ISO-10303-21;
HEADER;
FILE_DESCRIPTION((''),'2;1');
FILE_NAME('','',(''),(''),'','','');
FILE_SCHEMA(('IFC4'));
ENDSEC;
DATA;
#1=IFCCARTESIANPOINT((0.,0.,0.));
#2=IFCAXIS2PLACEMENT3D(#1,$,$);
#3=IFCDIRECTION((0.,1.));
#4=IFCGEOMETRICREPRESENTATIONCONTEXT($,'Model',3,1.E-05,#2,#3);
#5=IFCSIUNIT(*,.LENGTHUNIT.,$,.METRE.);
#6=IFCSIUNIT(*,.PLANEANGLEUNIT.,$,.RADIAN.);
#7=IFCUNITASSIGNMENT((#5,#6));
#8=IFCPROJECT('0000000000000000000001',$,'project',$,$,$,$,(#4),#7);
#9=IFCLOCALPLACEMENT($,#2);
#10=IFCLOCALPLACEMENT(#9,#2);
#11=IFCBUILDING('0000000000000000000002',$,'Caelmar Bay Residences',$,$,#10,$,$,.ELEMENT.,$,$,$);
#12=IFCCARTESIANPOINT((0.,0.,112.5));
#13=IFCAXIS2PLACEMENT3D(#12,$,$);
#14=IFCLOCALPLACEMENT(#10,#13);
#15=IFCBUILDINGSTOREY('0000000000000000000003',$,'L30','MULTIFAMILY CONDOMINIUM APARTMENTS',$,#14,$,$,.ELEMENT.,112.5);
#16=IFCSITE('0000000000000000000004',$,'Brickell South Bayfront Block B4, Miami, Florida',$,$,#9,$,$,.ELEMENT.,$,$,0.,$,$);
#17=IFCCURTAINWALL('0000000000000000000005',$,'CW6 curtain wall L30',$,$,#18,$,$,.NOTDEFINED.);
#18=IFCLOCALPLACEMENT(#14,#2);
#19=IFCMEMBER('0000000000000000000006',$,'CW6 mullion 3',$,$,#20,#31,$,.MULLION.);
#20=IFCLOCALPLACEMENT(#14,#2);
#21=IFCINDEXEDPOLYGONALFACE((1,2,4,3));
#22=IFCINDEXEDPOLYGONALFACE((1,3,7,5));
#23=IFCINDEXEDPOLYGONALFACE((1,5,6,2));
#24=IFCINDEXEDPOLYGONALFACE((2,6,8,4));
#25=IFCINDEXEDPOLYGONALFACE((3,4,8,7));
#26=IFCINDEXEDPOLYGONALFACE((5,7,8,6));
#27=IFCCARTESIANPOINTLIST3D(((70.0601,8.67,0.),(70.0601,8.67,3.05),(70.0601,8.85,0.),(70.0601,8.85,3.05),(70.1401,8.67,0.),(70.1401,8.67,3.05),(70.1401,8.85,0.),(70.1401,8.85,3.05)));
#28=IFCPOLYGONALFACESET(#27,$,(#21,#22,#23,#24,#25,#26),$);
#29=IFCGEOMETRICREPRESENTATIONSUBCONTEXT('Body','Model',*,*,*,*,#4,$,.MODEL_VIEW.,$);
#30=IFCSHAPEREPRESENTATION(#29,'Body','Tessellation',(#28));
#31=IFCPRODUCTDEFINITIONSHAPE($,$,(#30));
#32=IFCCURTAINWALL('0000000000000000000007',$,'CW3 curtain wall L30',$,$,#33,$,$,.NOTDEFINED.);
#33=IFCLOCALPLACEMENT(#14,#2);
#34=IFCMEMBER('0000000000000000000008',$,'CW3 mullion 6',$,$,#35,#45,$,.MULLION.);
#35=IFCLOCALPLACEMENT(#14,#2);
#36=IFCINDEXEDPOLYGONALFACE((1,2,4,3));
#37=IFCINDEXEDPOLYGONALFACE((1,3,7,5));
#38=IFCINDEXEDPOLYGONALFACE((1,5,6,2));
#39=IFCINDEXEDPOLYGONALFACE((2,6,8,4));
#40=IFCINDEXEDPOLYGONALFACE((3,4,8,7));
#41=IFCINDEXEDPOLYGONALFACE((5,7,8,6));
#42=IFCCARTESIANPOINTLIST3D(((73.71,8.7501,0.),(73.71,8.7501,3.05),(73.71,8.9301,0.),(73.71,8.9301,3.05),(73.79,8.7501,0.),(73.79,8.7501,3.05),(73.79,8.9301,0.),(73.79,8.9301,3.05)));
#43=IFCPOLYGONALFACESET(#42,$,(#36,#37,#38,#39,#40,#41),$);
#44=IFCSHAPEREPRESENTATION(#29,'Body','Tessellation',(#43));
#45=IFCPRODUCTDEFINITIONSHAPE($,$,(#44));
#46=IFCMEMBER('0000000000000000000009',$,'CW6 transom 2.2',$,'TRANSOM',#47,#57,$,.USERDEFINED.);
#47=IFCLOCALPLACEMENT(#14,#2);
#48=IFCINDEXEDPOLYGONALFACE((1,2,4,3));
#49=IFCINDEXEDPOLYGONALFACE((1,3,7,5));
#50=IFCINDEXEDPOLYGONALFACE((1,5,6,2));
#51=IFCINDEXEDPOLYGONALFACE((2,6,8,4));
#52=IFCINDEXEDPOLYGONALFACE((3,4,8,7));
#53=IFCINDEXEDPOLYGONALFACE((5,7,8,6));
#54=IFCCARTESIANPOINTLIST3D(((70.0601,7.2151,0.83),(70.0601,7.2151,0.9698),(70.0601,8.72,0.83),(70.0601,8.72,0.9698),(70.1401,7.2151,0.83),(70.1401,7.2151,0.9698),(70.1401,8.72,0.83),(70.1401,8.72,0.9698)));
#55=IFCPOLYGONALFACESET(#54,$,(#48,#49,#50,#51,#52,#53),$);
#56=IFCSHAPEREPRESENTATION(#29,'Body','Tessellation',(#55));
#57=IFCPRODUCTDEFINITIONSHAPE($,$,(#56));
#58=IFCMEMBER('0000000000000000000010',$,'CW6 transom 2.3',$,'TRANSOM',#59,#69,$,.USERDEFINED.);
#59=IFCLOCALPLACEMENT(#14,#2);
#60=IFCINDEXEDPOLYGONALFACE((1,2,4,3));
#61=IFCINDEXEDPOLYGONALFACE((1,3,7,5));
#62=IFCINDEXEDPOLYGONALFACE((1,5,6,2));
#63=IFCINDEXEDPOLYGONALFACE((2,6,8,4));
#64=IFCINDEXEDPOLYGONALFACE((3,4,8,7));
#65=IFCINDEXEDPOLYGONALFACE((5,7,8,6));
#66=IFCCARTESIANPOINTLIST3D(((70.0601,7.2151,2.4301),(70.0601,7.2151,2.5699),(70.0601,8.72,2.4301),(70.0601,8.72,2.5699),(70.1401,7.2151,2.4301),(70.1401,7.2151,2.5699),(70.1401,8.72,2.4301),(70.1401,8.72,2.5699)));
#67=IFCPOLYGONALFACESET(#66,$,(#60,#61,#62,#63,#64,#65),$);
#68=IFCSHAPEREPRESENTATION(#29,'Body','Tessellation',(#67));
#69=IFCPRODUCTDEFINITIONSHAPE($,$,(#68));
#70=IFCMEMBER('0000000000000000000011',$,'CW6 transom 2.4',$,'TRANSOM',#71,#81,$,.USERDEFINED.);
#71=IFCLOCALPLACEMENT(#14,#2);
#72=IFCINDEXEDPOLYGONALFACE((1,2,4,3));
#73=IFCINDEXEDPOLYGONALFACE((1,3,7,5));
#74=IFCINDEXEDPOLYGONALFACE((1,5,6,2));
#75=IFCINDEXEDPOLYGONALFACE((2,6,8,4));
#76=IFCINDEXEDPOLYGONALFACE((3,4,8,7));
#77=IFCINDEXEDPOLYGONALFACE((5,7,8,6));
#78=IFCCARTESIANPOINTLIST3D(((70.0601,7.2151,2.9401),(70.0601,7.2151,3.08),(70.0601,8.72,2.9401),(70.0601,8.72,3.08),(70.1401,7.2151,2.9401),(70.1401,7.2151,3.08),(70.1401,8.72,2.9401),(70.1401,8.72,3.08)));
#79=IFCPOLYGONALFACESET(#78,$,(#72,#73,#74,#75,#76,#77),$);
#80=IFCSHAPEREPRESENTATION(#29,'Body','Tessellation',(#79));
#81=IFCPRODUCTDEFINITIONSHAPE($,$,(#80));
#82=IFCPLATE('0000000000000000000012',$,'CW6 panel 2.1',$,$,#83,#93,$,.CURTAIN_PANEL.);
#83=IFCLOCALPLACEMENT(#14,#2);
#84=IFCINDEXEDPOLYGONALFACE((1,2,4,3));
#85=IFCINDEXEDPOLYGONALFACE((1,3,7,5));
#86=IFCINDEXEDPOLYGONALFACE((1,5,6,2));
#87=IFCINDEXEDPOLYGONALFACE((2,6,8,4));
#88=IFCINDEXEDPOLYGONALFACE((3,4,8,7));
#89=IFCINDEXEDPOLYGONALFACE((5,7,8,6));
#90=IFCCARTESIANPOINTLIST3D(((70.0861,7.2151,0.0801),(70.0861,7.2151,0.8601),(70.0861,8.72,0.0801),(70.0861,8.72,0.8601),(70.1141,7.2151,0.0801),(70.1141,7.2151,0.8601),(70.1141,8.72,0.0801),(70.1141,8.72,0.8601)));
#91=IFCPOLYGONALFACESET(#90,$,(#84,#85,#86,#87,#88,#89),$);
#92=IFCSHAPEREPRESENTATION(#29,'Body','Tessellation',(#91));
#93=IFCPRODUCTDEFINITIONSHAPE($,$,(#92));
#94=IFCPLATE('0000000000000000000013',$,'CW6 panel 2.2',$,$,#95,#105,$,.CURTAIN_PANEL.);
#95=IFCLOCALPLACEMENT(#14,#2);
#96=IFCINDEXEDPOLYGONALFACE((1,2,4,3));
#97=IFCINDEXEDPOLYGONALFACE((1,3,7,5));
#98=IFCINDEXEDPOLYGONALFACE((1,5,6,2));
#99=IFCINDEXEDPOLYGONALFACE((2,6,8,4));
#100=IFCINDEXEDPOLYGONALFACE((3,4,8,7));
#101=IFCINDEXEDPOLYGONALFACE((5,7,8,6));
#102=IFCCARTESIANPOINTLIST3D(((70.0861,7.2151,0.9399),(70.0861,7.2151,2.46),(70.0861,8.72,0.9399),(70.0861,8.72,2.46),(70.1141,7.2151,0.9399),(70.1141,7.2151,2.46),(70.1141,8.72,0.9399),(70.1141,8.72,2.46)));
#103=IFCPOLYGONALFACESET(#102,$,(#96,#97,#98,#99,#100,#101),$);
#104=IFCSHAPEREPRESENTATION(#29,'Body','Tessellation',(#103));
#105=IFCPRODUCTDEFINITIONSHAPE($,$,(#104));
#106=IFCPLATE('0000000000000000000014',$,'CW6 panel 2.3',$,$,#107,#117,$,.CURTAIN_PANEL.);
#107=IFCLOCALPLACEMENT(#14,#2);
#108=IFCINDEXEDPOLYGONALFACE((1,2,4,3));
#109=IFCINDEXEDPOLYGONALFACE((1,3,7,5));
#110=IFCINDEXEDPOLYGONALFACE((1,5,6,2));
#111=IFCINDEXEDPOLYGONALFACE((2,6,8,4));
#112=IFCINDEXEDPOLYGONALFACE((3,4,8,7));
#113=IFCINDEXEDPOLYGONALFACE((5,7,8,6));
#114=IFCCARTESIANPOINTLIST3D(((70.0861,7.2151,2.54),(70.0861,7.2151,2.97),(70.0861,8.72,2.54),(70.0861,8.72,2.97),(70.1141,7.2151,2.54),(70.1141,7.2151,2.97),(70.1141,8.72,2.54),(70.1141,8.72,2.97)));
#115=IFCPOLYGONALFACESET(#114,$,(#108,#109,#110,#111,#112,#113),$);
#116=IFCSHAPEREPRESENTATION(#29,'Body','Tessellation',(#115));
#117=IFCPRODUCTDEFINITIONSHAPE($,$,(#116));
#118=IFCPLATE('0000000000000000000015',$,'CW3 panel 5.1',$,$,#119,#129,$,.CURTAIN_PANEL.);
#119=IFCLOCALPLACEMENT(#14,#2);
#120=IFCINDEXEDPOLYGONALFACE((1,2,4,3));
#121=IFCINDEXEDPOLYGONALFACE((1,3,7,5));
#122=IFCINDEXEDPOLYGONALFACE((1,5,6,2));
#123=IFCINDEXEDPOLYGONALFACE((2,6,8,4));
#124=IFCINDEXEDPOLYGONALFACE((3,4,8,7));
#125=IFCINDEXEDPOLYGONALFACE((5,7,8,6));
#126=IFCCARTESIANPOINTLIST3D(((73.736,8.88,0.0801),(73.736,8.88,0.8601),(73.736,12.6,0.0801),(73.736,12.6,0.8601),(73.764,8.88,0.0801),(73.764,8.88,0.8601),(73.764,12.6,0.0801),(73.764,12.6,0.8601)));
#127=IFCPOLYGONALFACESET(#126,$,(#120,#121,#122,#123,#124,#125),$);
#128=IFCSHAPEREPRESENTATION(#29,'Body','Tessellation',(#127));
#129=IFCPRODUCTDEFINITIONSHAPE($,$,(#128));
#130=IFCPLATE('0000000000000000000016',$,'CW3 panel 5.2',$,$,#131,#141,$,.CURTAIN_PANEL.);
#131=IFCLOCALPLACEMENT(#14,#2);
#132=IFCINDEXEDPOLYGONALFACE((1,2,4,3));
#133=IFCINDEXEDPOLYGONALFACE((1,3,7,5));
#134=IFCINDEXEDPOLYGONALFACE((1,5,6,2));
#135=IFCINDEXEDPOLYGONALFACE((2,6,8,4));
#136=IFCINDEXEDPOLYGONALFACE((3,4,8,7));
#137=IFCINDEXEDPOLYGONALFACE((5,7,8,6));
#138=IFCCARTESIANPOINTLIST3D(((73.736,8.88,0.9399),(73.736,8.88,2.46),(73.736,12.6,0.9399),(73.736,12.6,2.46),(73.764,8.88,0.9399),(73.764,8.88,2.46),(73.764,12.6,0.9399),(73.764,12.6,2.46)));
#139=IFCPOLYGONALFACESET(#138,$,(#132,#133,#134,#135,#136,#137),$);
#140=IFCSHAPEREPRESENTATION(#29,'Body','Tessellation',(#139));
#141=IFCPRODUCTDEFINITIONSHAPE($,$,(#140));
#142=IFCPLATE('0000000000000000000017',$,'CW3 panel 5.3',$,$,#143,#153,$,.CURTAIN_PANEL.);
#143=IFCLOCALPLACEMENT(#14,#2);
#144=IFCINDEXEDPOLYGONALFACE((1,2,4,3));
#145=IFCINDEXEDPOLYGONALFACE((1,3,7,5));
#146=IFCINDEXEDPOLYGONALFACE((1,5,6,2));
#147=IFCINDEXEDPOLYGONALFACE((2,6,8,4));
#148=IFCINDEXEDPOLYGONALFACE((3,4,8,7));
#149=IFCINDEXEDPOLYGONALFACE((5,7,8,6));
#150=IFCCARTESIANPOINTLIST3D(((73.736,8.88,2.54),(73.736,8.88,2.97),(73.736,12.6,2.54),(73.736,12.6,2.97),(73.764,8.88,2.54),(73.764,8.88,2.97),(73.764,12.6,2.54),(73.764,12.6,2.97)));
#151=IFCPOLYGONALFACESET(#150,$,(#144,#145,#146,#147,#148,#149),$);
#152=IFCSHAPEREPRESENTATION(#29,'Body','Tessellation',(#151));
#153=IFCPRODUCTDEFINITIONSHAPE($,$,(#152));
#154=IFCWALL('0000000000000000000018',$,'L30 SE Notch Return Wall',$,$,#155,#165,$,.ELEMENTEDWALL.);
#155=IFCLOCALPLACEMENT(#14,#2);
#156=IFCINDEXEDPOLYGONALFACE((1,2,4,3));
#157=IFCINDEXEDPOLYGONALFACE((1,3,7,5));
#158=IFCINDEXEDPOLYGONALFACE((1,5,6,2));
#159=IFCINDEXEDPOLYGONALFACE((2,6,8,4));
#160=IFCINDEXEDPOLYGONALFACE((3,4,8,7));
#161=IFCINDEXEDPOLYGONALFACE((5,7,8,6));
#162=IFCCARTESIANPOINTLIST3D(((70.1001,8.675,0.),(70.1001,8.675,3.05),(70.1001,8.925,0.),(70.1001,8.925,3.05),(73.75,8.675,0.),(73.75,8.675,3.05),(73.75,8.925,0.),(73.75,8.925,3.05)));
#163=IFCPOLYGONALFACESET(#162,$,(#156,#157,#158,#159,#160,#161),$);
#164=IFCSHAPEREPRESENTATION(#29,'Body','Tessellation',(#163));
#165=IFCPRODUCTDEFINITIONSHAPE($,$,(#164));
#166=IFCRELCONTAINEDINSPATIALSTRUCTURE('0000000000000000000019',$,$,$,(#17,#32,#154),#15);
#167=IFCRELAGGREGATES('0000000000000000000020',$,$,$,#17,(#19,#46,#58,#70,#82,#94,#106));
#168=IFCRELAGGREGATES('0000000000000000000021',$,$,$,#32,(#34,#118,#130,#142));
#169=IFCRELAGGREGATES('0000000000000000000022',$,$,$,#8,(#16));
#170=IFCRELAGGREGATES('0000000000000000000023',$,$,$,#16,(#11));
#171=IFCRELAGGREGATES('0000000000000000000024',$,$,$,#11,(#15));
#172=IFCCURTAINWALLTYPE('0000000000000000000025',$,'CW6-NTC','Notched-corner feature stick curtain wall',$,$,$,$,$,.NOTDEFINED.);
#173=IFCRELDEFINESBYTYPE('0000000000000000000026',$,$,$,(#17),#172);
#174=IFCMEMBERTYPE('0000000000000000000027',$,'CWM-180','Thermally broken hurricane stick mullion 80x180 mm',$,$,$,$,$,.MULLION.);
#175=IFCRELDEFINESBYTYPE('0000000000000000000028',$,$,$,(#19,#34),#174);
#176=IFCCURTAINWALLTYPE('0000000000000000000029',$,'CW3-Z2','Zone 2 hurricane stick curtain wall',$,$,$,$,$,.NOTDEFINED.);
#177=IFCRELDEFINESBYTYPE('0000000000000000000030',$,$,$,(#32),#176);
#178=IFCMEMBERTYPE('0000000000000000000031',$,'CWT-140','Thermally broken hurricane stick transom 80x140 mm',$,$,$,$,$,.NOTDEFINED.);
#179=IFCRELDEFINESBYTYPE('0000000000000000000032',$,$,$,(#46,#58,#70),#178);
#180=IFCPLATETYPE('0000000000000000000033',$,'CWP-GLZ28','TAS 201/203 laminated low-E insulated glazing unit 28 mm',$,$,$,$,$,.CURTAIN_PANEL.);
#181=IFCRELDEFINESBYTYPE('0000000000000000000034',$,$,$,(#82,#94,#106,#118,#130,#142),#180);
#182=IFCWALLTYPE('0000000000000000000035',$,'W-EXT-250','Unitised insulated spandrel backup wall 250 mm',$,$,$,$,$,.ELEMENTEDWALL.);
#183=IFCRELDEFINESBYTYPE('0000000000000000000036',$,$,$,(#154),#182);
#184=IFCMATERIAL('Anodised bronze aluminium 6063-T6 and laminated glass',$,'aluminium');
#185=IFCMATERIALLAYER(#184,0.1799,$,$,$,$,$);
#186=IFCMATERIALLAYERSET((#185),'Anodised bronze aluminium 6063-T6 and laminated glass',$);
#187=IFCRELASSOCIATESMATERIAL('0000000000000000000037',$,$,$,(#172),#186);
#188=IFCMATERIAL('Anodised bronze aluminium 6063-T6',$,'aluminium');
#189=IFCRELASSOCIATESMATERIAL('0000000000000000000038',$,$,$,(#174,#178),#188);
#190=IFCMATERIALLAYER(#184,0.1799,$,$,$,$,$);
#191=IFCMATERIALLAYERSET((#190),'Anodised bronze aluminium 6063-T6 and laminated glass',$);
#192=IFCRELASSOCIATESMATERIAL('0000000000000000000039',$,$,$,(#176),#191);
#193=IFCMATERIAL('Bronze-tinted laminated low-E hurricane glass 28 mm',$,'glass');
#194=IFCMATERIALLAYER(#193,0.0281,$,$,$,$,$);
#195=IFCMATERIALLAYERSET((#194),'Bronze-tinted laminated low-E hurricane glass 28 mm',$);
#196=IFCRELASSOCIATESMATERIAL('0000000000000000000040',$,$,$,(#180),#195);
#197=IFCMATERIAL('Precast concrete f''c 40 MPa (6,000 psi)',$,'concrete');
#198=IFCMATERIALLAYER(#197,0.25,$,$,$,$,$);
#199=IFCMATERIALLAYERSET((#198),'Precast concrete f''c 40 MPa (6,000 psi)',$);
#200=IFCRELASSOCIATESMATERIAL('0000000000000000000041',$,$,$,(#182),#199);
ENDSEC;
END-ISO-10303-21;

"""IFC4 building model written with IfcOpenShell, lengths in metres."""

from ifc_helpers import new_model, si_unit, direction, frame, frame_2d, origin, origin_2d, place, context, subcontext, project, spatial, rectangle, extrude, material, layer, layer_set, material_profile, profile_set, type_object, element, aggregate, save


model = new_model("IFC4")

# Units and contexts
model_context = context("Model", 3, precision=1e-05, world=origin(), true_north=direction((0.0, 1.0)))
body_context = subcontext(model_context, "Body", "Model", "MODEL_VIEW")
ifc_project = project(units=[si_unit("LENGTHUNIT", "METRE"), si_unit("PLANEANGLEUNIT", "RADIAN")], contexts=[model_context])

# Site, building, storey
site_placement = place(None, origin())
site = spatial("IfcSite", under=ifc_project, at=site_placement, Name="Brickell South Bayfront Block B4, Miami, Florida", CompositionType="ELEMENT", RefElevation=0.0)
building_placement = place(site_placement, origin())
building = spatial("IfcBuilding", under=site, at=building_placement, Name="Caelmar Bay Residences", CompositionType="ELEMENT")
storey_placement = place(building_placement, frame((0.0, 0.0, 112.5)))
storey = spatial("IfcBuildingStorey", under=building, at=storey_placement, Name="L30", Description="MULTIFAMILY CONDOMINIUM APARTMENTS", CompositionType="ELEMENT", Elevation=112.5)

# Curtain walls, members
ifc_material_1 = material(Name="Anodised bronze aluminium 6063-T6 and laminated glass", Category="aluminium")
ifc_layer_1 = layer(ifc_material_1, 0.1799)
ifc_layer_set_1 = layer_set([ifc_layer_1], Name="Anodised bronze aluminium 6063-T6 and laminated glass")
curtain_wall_type_1 = type_object("IfcCurtainWallType", Name="CW6-NTC", Description="Notched-corner feature stick curtain wall", PredefinedType="NOTDEFINED", material=ifc_layer_set_1)
curtain_wall_1_placement = place(storey_placement, origin())
curtain_wall_1 = element("IfcCurtainWall", 1, at=curtain_wall_1_placement, inside=storey, type_object=curtain_wall_type_1, Name="CW6 curtain wall L30", PredefinedType="NOTDEFINED")
ifc_material_2 = material(Name="Anodised bronze aluminium 6063-T6", Category="aluminium")
ifc_material_profile_1 = material_profile(ifc_material_2, rectangle(XDim=0.0801, YDim=0.1799, at=origin_2d()), Name="CWM-80X180")
ifc_profile_set_1 = profile_set([ifc_material_profile_1], Name="Anodised bronze aluminium 6063-T6")
member_type_1 = type_object("IfcMemberType", Name="CWM-180", Description="Thermally broken hurricane stick mullion 80x180 mm", PredefinedType="MULLION", material=ifc_profile_set_1)
member_1_placement = place(storey_placement, frame((70.1001, 8.76, 0.0), z_axis=(0.0, 0.0, 1.0), x_axis=(-1.0, 0.0, 0.0)))
member_1 = element("IfcMember", 2, at=member_1_placement, type_object=member_type_1, Name="CW6 mullion 3", PredefinedType="MULLION", context=body_context, shape_type="SweptSolid", body=[
    extrude(rectangle(XDim=0.0801, YDim=0.1799, at=origin_2d()), origin(), (0.0, 0.0, 1.0), 3.05),
])
ifc_layer_2 = layer(ifc_material_1, 0.1799)
ifc_layer_set_2 = layer_set([ifc_layer_2], Name="Anodised bronze aluminium 6063-T6 and laminated glass")
curtain_wall_type_2 = type_object("IfcCurtainWallType", Name="CW3-Z2", Description="Zone 2 hurricane stick curtain wall", PredefinedType="NOTDEFINED", material=ifc_layer_set_2)
curtain_wall_2_placement = place(storey_placement, origin())
curtain_wall_2 = element("IfcCurtainWall", 3, at=curtain_wall_2_placement, inside=storey, type_object=curtain_wall_type_2, Name="CW3 curtain wall L30", PredefinedType="NOTDEFINED")
member_2_placement = place(storey_placement, frame((73.75, 8.8401, 0.0), z_axis=(0.0, 0.0, 1.0), x_axis=(1.0, 0.0, 0.0)))
member_2 = element("IfcMember", 4, at=member_2_placement, type_object=member_type_1, Name="CW3 mullion 6", PredefinedType="MULLION", context=body_context, shape_type="SweptSolid", body=[
    extrude(rectangle(XDim=0.0801, YDim=0.1799, at=origin_2d()), origin(), (0.0, 0.0, 1.0), 3.05),
])

# Members
ifc_material_profile_2 = material_profile(ifc_material_2, rectangle(XDim=0.0801, YDim=0.1399, at=origin_2d()), Name="CWT-80X140")
ifc_profile_set_2 = profile_set([ifc_material_profile_2], Name="Anodised bronze aluminium 6063-T6")
member_type_2 = type_object("IfcMemberType", Name="CWT-140", Description="Thermally broken hurricane stick transom 80x140 mm", PredefinedType="NOTDEFINED", material=ifc_profile_set_2)
member_3_placement = place(storey_placement, frame((70.1001, 7.2151, 0.8999), z_axis=(0.0, 1.0, 0.0), x_axis=(-1.0, 0.0, 0.0)))
member_3 = element("IfcMember", 5, at=member_3_placement, type_object=member_type_2, Name="CW6 transom 2.2", ObjectType="TRANSOM", PredefinedType="USERDEFINED", context=body_context, shape_type="SweptSolid", body=[
    extrude(rectangle(XDim=0.0801, YDim=0.1399, at=origin_2d()), origin(), (0.0, 0.0, 1.0), 1.5049),
])
member_4_placement = place(storey_placement, frame((70.1001, 7.2151, 2.5), z_axis=(0.0, 1.0, 0.0), x_axis=(-1.0, 0.0, 0.0)))
member_4 = element("IfcMember", 6, at=member_4_placement, type_object=member_type_2, Name="CW6 transom 2.3", ObjectType="TRANSOM", PredefinedType="USERDEFINED", context=body_context, shape_type="SweptSolid", body=[
    extrude(rectangle(XDim=0.0801, YDim=0.1399, at=origin_2d()), origin(), (0.0, 0.0, 1.0), 1.5049),
])
member_5_placement = place(storey_placement, frame((70.1001, 7.2151, 3.01), z_axis=(0.0, 1.0, 0.0), x_axis=(-1.0, 0.0, 0.0)))
member_5 = element("IfcMember", 7, at=member_5_placement, type_object=member_type_2, Name="CW6 transom 2.4", ObjectType="TRANSOM", PredefinedType="USERDEFINED", context=body_context, shape_type="SweptSolid", body=[
    extrude(rectangle(XDim=0.0801, YDim=0.1399, at=origin_2d()), origin(), (0.0, 0.0, 1.0), 1.5049),
])

# Plates
ifc_material_3 = material(Name="Bronze-tinted laminated low-E hurricane glass 28 mm", Category="glass")
ifc_layer_3 = layer(ifc_material_3, 0.0281)
ifc_layer_set_3 = layer_set([ifc_layer_3], Name="Bronze-tinted laminated low-E hurricane glass 28 mm")
plate_type = type_object("IfcPlateType", Name="CWP-GLZ28", Description="TAS 201/203 laminated low-E insulated glazing unit 28 mm", PredefinedType="CURTAIN_PANEL", material=ifc_layer_set_3)
plate_1_placement = place(storey_placement, frame((70.1001, 7.9675, 0.0801), z_axis=(0.0, 0.0, 1.0), x_axis=(0.0, 1.0, 0.0)))
plate_1 = element("IfcPlate", 8, at=plate_1_placement, type_object=plate_type, Name="CW6 panel 2.1", PredefinedType="CURTAIN_PANEL", context=body_context, shape_type="SweptSolid", body=[
    extrude(rectangle(XDim=1.5049, YDim=0.0281, at=origin_2d()), origin(), (0.0, 0.0, 1.0), 0.78),
])
plate_2_placement = place(storey_placement, frame((70.1001, 7.9675, 0.9399), z_axis=(0.0, 0.0, 1.0), x_axis=(0.0, 1.0, 0.0)))
plate_2 = element("IfcPlate", 9, at=plate_2_placement, type_object=plate_type, Name="CW6 panel 2.2", PredefinedType="CURTAIN_PANEL", context=body_context, shape_type="SweptSolid", body=[
    extrude(rectangle(XDim=1.5049, YDim=0.0281, at=origin_2d()), origin(), (0.0, 0.0, 1.0), 1.52),
])
plate_3_placement = place(storey_placement, frame((70.1001, 7.9675, 2.54), z_axis=(0.0, 0.0, 1.0), x_axis=(0.0, 1.0, 0.0)))
plate_3 = element("IfcPlate", 10, at=plate_3_placement, type_object=plate_type, Name="CW6 panel 2.3", PredefinedType="CURTAIN_PANEL", context=body_context, shape_type="SweptSolid", body=[
    extrude(rectangle(XDim=1.5049, YDim=0.0281, at=origin_2d()), origin(), (0.0, 0.0, 1.0), 0.4299),
])
aggregate(curtain_wall_1, [member_1, member_3, member_4, member_5, plate_1, plate_2, plate_3])
plate_4_placement = place(storey_placement, frame((73.75, 10.74, 0.0801), z_axis=(0.0, 0.0, 1.0), x_axis=(0.0, -1.0, 0.0)))
plate_4 = element("IfcPlate", 11, at=plate_4_placement, type_object=plate_type, Name="CW3 panel 5.1", PredefinedType="CURTAIN_PANEL", context=body_context, shape_type="SweptSolid", body=[
    extrude(rectangle(XDim=3.72, YDim=0.0281, at=origin_2d()), origin(), (0.0, 0.0, 1.0), 0.78),
])
plate_5_placement = place(storey_placement, frame((73.75, 10.74, 0.9399), z_axis=(0.0, 0.0, 1.0), x_axis=(0.0, -1.0, 0.0)))
plate_5 = element("IfcPlate", 12, at=plate_5_placement, type_object=plate_type, Name="CW3 panel 5.2", PredefinedType="CURTAIN_PANEL", context=body_context, shape_type="SweptSolid", body=[
    extrude(rectangle(XDim=3.72, YDim=0.0281, at=origin_2d()), origin(), (0.0, 0.0, 1.0), 1.52),
])
plate_6_placement = place(storey_placement, frame((73.75, 10.74, 2.54), z_axis=(0.0, 0.0, 1.0), x_axis=(0.0, -1.0, 0.0)))
plate_6 = element("IfcPlate", 13, at=plate_6_placement, type_object=plate_type, Name="CW3 panel 5.3", PredefinedType="CURTAIN_PANEL", context=body_context, shape_type="SweptSolid", body=[
    extrude(rectangle(XDim=3.72, YDim=0.0281, at=origin_2d()), origin(), (0.0, 0.0, 1.0), 0.4299),
])
aggregate(curtain_wall_2, [member_2, plate_4, plate_5, plate_6])

# Wall
ifc_material_4 = material(Name="Precast concrete f'c 40 MPa (6,000 psi)", Category="concrete")
ifc_layer_4 = layer(ifc_material_4, 0.25)
ifc_layer_set_4 = layer_set([ifc_layer_4], Name="Precast concrete f'c 40 MPa (6,000 psi)")
wall_type_1 = type_object("IfcWallType", Name="W-EXT-250", Description="Unitised insulated spandrel backup wall 250 mm", PredefinedType="ELEMENTEDWALL", material=ifc_layer_set_4)
wall_1_placement = place(storey_placement, frame((70.1001, 8.8, 0.0), z_axis=(0.0, 0.0, 1.0), x_axis=(1.0, 0.0, 0.0)))
element("IfcWall", 14, at=wall_1_placement, inside=storey, type_object=wall_type_1, Name="L30 SE Notch Return Wall", PredefinedType="ELEMENTEDWALL", context=body_context, shape_type="SweptSolid", body=[
    extrude(rectangle(XDim=3.6499, YDim=0.25, at=frame_2d((1.825, 0.0))), origin(), (0.0, 0.0, 1.0), 3.05),
])

save(model, "model.ifc")
